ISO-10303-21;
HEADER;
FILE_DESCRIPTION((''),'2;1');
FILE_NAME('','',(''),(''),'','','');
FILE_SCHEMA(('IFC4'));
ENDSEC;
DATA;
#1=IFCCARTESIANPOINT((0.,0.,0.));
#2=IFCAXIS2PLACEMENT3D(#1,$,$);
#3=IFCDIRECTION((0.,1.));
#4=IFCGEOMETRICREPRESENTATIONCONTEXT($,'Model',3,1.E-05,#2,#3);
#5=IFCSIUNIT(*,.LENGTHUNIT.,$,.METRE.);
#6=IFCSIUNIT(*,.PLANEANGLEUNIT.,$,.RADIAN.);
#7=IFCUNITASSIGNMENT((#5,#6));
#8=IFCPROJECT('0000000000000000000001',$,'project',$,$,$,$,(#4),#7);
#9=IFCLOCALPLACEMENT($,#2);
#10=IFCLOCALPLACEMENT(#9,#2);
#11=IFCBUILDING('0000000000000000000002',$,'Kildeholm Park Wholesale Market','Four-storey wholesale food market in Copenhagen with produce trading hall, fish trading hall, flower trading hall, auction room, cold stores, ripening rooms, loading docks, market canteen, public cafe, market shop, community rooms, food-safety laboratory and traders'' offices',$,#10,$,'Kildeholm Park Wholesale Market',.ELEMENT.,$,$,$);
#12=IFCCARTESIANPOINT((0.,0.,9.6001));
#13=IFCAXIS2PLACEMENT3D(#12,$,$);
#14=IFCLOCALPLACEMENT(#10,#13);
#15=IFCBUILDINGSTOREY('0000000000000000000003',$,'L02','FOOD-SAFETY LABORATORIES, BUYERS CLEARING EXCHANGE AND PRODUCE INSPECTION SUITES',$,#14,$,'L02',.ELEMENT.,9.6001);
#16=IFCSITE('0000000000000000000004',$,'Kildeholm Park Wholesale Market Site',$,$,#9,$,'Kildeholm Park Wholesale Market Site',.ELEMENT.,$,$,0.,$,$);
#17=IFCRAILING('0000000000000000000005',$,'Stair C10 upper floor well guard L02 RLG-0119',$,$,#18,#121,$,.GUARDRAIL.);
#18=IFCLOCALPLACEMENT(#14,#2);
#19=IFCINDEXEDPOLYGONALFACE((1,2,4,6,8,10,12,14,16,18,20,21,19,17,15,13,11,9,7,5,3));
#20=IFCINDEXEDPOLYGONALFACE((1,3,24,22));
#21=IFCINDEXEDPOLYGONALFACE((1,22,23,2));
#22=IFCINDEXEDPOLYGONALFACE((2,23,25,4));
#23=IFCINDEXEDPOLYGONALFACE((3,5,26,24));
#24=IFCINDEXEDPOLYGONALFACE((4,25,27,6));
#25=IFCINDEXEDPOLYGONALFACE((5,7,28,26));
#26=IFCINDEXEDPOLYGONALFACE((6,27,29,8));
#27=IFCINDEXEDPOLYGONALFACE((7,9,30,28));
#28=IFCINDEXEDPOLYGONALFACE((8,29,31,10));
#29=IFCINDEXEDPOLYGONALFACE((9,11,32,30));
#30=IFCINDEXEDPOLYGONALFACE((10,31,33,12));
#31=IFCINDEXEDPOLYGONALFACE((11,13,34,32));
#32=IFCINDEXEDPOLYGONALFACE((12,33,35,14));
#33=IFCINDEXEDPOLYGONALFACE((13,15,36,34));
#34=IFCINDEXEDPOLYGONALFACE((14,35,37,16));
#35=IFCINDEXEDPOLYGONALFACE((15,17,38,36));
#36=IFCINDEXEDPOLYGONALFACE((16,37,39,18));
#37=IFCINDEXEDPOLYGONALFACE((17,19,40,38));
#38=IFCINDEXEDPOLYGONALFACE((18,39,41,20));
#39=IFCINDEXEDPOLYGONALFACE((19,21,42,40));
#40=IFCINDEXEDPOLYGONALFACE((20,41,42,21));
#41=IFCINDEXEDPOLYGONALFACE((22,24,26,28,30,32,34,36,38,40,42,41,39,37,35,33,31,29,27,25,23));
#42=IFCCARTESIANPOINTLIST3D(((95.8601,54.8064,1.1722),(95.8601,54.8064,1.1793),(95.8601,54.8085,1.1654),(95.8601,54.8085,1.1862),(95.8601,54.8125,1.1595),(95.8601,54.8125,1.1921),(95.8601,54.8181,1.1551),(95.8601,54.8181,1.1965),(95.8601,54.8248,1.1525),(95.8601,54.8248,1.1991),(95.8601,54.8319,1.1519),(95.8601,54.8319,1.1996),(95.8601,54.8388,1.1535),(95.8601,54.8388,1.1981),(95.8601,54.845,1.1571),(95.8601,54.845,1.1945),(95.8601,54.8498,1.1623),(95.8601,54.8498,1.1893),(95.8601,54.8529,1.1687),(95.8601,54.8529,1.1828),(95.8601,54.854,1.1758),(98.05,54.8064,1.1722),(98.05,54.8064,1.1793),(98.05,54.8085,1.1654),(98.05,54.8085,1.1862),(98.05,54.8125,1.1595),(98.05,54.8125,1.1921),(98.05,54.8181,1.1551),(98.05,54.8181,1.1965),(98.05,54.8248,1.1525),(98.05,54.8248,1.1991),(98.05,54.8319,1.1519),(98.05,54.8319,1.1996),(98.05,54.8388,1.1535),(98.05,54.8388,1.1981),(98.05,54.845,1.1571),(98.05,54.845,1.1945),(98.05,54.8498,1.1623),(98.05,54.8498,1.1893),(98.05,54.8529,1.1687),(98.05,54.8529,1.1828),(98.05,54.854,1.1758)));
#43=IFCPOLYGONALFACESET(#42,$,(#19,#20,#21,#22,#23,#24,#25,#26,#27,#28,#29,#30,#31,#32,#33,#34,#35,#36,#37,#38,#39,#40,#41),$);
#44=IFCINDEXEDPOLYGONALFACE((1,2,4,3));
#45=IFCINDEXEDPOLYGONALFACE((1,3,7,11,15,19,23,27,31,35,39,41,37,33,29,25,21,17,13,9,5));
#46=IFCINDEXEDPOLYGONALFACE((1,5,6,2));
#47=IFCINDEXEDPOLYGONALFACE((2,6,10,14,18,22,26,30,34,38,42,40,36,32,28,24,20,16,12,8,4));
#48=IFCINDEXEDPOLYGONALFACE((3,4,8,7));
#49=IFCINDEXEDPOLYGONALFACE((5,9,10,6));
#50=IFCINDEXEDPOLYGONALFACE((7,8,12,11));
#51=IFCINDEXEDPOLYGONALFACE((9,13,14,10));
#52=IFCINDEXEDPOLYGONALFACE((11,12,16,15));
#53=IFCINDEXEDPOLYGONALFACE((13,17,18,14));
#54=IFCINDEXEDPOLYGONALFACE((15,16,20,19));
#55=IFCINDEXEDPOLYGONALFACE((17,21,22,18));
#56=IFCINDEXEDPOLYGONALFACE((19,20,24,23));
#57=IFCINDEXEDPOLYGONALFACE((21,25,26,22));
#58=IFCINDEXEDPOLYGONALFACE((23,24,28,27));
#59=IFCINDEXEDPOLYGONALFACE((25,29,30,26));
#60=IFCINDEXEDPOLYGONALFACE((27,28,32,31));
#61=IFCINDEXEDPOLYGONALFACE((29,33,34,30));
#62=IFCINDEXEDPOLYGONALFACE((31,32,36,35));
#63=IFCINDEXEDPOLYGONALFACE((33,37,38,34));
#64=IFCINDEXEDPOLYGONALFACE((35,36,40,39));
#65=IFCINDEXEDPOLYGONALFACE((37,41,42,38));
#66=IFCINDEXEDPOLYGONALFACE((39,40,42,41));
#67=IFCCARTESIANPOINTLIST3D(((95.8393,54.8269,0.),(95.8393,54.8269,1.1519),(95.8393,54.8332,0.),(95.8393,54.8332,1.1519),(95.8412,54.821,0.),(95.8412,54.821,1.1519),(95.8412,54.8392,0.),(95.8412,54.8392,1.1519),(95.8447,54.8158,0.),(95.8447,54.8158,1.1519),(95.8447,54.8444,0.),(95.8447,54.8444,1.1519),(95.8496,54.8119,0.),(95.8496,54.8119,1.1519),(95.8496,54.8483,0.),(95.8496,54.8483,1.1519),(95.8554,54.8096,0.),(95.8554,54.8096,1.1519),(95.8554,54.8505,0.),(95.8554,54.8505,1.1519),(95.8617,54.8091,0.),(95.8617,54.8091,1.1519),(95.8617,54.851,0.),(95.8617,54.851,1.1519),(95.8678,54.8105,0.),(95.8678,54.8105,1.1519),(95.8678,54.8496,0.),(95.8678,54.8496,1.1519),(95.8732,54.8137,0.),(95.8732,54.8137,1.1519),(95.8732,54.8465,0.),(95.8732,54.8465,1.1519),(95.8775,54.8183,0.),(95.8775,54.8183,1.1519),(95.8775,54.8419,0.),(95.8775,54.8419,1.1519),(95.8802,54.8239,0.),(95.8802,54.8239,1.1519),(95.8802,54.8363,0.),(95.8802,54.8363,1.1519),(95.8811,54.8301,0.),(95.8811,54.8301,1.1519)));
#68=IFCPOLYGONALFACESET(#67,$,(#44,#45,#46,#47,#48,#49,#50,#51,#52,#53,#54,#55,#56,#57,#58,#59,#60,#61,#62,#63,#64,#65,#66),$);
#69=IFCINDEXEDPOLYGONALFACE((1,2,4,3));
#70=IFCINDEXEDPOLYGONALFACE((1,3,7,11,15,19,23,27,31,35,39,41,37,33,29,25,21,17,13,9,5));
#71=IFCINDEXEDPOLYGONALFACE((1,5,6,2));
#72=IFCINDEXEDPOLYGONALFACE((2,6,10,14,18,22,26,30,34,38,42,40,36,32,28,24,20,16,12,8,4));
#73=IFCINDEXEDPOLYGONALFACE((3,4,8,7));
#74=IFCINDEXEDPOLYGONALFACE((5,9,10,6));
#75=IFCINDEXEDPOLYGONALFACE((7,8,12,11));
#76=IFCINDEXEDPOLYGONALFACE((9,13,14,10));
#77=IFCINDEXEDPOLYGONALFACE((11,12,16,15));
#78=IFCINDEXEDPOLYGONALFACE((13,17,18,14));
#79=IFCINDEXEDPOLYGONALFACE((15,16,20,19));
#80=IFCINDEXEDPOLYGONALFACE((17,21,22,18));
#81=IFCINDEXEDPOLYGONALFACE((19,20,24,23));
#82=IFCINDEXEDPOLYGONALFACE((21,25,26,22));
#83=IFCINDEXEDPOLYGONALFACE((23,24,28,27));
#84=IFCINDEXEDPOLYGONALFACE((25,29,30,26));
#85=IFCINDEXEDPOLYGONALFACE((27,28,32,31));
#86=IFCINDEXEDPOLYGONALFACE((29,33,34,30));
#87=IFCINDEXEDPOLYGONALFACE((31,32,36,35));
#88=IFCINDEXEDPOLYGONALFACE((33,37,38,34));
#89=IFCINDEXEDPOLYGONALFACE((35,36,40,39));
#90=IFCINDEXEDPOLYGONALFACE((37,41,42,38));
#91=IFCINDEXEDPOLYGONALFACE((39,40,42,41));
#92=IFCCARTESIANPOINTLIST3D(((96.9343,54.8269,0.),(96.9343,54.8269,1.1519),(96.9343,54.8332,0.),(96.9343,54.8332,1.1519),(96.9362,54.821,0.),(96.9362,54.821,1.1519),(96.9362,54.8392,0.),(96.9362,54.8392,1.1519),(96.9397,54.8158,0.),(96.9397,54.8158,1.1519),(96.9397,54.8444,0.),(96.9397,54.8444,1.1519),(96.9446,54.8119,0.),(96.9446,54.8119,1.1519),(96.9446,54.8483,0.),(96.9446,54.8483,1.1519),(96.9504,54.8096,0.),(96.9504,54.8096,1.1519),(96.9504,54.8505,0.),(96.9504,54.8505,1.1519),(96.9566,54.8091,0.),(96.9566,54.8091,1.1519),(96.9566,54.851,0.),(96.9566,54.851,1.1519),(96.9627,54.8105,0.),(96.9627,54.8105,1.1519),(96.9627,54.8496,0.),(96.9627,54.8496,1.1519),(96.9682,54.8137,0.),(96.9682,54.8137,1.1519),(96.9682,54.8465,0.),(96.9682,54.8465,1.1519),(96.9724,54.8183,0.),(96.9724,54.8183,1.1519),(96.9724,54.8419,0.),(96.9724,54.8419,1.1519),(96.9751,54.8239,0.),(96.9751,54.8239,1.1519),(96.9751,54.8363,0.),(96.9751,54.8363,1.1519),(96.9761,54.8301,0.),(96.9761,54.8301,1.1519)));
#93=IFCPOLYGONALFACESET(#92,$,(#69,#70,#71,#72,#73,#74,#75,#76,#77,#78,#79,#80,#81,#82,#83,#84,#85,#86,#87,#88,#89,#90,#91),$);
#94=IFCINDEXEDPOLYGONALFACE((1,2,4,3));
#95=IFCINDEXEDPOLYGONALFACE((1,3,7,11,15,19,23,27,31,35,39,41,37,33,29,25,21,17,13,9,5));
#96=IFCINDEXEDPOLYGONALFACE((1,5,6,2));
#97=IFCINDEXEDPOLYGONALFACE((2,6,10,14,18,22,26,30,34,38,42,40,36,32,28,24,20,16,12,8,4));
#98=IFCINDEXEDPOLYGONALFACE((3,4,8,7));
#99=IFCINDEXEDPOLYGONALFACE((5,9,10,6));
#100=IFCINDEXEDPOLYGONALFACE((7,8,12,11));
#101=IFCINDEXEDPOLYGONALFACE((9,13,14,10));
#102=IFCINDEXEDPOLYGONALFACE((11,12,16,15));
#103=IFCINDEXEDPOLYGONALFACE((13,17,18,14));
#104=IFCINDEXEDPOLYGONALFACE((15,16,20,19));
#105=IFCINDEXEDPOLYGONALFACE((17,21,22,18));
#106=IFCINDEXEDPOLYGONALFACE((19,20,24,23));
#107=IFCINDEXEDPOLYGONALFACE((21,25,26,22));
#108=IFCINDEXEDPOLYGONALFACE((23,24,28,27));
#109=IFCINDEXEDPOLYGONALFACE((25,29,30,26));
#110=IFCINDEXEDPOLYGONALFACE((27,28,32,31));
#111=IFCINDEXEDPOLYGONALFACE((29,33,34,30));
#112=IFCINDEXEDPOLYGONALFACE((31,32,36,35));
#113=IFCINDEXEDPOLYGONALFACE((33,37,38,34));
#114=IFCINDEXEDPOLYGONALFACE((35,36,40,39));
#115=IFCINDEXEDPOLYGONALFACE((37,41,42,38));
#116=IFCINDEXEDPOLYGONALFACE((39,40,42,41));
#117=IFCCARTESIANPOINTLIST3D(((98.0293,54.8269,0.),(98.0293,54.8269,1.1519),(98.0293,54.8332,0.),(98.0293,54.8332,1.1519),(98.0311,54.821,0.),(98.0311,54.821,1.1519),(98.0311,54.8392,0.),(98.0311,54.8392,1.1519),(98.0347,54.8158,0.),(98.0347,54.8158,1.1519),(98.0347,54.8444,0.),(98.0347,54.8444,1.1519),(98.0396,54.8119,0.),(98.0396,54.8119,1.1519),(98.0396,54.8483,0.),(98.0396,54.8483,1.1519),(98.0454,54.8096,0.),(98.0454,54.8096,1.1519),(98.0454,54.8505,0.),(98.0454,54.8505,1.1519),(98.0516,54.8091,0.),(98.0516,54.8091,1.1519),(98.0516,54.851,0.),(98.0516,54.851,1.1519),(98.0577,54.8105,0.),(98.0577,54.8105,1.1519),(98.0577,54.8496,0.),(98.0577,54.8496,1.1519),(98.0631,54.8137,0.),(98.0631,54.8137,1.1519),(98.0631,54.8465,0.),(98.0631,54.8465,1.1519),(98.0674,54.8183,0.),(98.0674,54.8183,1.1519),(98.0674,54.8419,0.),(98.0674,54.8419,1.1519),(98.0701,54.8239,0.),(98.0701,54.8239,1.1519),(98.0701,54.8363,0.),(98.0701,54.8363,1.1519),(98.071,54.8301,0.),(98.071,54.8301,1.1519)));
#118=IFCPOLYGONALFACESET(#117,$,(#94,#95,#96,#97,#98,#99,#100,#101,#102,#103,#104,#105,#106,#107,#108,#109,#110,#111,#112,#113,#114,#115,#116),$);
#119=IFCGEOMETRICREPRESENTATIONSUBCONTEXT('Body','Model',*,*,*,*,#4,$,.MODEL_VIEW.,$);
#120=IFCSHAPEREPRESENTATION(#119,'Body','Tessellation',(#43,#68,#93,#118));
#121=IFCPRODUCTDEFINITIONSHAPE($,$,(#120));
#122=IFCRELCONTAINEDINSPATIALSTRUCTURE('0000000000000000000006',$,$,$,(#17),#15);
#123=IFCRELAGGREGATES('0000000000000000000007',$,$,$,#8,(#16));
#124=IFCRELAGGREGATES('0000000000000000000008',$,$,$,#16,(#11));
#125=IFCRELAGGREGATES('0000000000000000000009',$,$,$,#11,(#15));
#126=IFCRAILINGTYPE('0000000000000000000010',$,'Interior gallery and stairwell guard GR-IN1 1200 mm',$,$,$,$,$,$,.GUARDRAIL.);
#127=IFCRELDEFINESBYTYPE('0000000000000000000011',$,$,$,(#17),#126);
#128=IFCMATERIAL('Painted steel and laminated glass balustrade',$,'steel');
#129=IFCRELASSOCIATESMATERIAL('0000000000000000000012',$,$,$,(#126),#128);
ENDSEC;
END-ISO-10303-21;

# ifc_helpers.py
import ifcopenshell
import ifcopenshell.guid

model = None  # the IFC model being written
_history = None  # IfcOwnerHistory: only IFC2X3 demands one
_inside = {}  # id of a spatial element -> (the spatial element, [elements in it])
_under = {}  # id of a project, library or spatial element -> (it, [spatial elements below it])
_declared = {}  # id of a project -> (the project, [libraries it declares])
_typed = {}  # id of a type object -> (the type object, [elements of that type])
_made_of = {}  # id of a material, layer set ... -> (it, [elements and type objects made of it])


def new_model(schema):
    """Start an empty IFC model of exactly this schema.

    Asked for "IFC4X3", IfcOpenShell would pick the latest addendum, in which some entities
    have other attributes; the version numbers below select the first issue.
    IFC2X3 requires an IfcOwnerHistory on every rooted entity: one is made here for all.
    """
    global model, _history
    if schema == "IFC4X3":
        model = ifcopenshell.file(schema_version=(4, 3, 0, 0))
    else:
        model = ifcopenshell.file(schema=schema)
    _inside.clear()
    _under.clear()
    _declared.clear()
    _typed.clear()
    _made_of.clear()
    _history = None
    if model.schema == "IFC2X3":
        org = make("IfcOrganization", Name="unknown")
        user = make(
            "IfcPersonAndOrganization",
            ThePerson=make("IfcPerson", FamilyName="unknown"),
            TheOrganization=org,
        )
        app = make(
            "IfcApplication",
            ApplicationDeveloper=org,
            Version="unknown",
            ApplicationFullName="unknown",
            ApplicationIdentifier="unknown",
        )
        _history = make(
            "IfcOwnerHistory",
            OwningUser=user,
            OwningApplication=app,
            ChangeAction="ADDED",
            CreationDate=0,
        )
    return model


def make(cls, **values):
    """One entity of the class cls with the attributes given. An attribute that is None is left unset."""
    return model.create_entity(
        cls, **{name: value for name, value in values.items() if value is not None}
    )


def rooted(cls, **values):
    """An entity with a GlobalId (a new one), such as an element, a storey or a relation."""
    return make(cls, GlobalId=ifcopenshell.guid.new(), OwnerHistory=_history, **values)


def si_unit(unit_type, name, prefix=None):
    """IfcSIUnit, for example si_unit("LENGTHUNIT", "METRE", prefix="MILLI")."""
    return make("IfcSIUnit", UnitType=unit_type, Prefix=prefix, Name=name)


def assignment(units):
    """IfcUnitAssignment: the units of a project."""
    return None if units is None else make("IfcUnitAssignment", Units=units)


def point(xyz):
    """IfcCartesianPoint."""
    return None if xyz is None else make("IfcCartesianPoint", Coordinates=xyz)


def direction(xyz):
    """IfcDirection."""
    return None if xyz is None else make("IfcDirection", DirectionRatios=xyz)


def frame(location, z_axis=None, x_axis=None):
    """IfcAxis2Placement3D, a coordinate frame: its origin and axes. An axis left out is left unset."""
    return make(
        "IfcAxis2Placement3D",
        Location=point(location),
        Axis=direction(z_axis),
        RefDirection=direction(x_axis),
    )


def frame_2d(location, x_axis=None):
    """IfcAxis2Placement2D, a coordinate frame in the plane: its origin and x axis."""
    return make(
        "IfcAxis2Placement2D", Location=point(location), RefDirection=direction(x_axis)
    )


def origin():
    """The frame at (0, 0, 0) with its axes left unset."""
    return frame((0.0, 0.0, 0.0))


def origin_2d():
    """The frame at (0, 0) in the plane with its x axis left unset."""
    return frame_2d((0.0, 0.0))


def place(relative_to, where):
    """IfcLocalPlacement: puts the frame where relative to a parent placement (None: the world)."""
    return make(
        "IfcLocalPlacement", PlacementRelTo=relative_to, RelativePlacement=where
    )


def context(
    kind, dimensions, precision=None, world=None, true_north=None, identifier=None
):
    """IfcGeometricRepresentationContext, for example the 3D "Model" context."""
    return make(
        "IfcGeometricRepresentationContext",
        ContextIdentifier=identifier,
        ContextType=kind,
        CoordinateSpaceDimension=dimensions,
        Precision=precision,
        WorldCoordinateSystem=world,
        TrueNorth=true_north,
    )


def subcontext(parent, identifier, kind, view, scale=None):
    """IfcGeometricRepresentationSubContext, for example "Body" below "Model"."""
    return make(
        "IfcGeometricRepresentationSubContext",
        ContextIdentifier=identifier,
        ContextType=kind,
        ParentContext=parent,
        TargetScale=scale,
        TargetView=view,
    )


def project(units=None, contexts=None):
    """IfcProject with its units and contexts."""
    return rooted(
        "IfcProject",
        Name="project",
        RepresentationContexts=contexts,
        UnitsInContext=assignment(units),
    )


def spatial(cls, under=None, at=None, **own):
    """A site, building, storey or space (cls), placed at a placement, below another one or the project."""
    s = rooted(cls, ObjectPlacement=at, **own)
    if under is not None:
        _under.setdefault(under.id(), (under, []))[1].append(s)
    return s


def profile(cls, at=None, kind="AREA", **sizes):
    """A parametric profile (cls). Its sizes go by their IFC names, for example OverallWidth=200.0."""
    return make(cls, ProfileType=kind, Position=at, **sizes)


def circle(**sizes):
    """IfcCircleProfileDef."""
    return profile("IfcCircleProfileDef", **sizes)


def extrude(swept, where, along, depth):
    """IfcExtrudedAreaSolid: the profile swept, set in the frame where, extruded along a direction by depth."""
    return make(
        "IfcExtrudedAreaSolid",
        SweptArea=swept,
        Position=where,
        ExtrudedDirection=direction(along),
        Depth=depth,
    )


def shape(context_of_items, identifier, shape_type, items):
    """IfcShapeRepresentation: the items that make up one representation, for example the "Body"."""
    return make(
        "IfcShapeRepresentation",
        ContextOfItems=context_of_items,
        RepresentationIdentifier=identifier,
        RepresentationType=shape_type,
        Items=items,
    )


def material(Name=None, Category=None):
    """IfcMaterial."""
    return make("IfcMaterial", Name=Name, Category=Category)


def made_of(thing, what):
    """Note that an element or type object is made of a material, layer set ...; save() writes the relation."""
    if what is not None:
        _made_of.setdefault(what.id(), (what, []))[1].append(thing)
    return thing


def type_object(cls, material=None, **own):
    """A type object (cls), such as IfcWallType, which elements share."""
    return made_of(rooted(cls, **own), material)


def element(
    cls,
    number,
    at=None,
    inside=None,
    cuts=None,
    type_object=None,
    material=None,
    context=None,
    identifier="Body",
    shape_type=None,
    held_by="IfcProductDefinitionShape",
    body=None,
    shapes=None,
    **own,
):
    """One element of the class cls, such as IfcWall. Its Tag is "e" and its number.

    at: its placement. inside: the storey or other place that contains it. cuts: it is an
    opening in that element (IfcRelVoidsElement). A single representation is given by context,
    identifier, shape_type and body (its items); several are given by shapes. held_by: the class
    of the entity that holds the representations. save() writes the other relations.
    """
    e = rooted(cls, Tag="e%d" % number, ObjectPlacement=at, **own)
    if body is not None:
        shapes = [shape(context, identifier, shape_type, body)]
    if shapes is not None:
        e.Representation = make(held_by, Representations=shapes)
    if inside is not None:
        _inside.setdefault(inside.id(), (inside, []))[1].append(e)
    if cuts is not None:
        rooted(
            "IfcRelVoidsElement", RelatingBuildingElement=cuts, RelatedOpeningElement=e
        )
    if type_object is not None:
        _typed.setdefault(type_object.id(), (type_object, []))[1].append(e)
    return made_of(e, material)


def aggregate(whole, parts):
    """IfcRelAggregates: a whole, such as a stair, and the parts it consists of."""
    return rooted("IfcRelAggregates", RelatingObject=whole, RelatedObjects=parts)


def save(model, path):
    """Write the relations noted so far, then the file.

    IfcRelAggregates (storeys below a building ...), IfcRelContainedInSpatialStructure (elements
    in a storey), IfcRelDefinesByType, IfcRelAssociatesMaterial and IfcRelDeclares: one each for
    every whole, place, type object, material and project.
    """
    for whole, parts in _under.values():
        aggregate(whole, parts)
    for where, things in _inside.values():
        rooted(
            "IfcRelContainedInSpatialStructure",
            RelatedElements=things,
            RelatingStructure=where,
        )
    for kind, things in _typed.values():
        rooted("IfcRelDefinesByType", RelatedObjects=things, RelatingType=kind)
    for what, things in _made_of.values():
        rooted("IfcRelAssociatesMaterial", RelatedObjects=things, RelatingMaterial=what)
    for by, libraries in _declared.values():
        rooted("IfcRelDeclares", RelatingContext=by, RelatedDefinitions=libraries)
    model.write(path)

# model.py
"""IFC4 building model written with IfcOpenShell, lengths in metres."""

from ifc_helpers import new_model, si_unit, direction, frame, origin, origin_2d, place, context, subcontext, project, spatial, circle, extrude, material, type_object, element, save


model = new_model("IFC4")

# Units and contexts
model_context = context("Model", 3, precision=1e-05, world=origin(), true_north=direction((0.0, 1.0)))
body_context = subcontext(model_context, "Body", "Model", "MODEL_VIEW")
ifc_project = project(units=[si_unit("LENGTHUNIT", "METRE"), si_unit("PLANEANGLEUNIT", "RADIAN")], contexts=[model_context])

# Site, building, storey
site_placement = place(None, origin())
site = spatial("IfcSite", under=ifc_project, at=site_placement, Name="Kildeholm Park Wholesale Market Site", LongName="Kildeholm Park Wholesale Market Site", CompositionType="ELEMENT", RefElevation=0.0)
building_placement = place(site_placement, origin())
building = spatial("IfcBuilding", under=site, at=building_placement, Name="Kildeholm Park Wholesale Market", Description="Four-storey wholesale food market in Copenhagen with produce trading hall, fish trading hall, flower trading hall, auction room, cold stores, ripening rooms, loading docks, market canteen, public cafe, market shop, community rooms, food-safety laboratory and traders' offices", LongName="Kildeholm Park Wholesale Market", CompositionType="ELEMENT")
storey_placement = place(building_placement, frame((0.0, 0.0, 9.6001)))
storey = spatial("IfcBuildingStorey", under=building, at=storey_placement, Name="L02", Description="FOOD-SAFETY LABORATORIES, BUYERS CLEARING EXCHANGE AND PRODUCE INSPECTION SUITES", LongName="L02", CompositionType="ELEMENT", Elevation=9.6001)

# Railing
ifc_material_1 = material(Name="Painted steel and laminated glass balustrade", Category="steel")
railing_type = type_object("IfcRailingType", Name="Interior gallery and stairwell guard GR-IN1 1200 mm", PredefinedType="GUARDRAIL", material=ifc_material_1)
railing_placement = place(storey_placement, frame((95.8601, 54.8301, 0.0)))
element("IfcRailing", 1, at=railing_placement, inside=storey, type_object=railing_type, Name="Stair C10 upper floor well guard L02 RLG-0119", PredefinedType="GUARDRAIL", context=body_context, shape_type="SweptSolid", body=[
    extrude(circle(Radius=0.0239, at=origin_2d()), frame((0.0, 0.0, 1.1758), z_axis=(1.0, 0.0, 0.0), x_axis=(0.0, 1.0, 0.0)), (0.0, 0.0, 1.0), 2.1899),
    extrude(circle(Radius=0.021, at=origin_2d()), origin(), (0.0, 0.0, 1.0), 1.1519),
    extrude(circle(Radius=0.021, at=origin_2d()), frame((1.095, 0.0, 0.0)), (0.0, 0.0, 1.0), 1.1519),
    extrude(circle(Radius=0.021, at=origin_2d()), frame((2.1899, 0.0, 0.0)), (0.0, 0.0, 1.0), 1.1519),
])

save(model, "model.ifc")
